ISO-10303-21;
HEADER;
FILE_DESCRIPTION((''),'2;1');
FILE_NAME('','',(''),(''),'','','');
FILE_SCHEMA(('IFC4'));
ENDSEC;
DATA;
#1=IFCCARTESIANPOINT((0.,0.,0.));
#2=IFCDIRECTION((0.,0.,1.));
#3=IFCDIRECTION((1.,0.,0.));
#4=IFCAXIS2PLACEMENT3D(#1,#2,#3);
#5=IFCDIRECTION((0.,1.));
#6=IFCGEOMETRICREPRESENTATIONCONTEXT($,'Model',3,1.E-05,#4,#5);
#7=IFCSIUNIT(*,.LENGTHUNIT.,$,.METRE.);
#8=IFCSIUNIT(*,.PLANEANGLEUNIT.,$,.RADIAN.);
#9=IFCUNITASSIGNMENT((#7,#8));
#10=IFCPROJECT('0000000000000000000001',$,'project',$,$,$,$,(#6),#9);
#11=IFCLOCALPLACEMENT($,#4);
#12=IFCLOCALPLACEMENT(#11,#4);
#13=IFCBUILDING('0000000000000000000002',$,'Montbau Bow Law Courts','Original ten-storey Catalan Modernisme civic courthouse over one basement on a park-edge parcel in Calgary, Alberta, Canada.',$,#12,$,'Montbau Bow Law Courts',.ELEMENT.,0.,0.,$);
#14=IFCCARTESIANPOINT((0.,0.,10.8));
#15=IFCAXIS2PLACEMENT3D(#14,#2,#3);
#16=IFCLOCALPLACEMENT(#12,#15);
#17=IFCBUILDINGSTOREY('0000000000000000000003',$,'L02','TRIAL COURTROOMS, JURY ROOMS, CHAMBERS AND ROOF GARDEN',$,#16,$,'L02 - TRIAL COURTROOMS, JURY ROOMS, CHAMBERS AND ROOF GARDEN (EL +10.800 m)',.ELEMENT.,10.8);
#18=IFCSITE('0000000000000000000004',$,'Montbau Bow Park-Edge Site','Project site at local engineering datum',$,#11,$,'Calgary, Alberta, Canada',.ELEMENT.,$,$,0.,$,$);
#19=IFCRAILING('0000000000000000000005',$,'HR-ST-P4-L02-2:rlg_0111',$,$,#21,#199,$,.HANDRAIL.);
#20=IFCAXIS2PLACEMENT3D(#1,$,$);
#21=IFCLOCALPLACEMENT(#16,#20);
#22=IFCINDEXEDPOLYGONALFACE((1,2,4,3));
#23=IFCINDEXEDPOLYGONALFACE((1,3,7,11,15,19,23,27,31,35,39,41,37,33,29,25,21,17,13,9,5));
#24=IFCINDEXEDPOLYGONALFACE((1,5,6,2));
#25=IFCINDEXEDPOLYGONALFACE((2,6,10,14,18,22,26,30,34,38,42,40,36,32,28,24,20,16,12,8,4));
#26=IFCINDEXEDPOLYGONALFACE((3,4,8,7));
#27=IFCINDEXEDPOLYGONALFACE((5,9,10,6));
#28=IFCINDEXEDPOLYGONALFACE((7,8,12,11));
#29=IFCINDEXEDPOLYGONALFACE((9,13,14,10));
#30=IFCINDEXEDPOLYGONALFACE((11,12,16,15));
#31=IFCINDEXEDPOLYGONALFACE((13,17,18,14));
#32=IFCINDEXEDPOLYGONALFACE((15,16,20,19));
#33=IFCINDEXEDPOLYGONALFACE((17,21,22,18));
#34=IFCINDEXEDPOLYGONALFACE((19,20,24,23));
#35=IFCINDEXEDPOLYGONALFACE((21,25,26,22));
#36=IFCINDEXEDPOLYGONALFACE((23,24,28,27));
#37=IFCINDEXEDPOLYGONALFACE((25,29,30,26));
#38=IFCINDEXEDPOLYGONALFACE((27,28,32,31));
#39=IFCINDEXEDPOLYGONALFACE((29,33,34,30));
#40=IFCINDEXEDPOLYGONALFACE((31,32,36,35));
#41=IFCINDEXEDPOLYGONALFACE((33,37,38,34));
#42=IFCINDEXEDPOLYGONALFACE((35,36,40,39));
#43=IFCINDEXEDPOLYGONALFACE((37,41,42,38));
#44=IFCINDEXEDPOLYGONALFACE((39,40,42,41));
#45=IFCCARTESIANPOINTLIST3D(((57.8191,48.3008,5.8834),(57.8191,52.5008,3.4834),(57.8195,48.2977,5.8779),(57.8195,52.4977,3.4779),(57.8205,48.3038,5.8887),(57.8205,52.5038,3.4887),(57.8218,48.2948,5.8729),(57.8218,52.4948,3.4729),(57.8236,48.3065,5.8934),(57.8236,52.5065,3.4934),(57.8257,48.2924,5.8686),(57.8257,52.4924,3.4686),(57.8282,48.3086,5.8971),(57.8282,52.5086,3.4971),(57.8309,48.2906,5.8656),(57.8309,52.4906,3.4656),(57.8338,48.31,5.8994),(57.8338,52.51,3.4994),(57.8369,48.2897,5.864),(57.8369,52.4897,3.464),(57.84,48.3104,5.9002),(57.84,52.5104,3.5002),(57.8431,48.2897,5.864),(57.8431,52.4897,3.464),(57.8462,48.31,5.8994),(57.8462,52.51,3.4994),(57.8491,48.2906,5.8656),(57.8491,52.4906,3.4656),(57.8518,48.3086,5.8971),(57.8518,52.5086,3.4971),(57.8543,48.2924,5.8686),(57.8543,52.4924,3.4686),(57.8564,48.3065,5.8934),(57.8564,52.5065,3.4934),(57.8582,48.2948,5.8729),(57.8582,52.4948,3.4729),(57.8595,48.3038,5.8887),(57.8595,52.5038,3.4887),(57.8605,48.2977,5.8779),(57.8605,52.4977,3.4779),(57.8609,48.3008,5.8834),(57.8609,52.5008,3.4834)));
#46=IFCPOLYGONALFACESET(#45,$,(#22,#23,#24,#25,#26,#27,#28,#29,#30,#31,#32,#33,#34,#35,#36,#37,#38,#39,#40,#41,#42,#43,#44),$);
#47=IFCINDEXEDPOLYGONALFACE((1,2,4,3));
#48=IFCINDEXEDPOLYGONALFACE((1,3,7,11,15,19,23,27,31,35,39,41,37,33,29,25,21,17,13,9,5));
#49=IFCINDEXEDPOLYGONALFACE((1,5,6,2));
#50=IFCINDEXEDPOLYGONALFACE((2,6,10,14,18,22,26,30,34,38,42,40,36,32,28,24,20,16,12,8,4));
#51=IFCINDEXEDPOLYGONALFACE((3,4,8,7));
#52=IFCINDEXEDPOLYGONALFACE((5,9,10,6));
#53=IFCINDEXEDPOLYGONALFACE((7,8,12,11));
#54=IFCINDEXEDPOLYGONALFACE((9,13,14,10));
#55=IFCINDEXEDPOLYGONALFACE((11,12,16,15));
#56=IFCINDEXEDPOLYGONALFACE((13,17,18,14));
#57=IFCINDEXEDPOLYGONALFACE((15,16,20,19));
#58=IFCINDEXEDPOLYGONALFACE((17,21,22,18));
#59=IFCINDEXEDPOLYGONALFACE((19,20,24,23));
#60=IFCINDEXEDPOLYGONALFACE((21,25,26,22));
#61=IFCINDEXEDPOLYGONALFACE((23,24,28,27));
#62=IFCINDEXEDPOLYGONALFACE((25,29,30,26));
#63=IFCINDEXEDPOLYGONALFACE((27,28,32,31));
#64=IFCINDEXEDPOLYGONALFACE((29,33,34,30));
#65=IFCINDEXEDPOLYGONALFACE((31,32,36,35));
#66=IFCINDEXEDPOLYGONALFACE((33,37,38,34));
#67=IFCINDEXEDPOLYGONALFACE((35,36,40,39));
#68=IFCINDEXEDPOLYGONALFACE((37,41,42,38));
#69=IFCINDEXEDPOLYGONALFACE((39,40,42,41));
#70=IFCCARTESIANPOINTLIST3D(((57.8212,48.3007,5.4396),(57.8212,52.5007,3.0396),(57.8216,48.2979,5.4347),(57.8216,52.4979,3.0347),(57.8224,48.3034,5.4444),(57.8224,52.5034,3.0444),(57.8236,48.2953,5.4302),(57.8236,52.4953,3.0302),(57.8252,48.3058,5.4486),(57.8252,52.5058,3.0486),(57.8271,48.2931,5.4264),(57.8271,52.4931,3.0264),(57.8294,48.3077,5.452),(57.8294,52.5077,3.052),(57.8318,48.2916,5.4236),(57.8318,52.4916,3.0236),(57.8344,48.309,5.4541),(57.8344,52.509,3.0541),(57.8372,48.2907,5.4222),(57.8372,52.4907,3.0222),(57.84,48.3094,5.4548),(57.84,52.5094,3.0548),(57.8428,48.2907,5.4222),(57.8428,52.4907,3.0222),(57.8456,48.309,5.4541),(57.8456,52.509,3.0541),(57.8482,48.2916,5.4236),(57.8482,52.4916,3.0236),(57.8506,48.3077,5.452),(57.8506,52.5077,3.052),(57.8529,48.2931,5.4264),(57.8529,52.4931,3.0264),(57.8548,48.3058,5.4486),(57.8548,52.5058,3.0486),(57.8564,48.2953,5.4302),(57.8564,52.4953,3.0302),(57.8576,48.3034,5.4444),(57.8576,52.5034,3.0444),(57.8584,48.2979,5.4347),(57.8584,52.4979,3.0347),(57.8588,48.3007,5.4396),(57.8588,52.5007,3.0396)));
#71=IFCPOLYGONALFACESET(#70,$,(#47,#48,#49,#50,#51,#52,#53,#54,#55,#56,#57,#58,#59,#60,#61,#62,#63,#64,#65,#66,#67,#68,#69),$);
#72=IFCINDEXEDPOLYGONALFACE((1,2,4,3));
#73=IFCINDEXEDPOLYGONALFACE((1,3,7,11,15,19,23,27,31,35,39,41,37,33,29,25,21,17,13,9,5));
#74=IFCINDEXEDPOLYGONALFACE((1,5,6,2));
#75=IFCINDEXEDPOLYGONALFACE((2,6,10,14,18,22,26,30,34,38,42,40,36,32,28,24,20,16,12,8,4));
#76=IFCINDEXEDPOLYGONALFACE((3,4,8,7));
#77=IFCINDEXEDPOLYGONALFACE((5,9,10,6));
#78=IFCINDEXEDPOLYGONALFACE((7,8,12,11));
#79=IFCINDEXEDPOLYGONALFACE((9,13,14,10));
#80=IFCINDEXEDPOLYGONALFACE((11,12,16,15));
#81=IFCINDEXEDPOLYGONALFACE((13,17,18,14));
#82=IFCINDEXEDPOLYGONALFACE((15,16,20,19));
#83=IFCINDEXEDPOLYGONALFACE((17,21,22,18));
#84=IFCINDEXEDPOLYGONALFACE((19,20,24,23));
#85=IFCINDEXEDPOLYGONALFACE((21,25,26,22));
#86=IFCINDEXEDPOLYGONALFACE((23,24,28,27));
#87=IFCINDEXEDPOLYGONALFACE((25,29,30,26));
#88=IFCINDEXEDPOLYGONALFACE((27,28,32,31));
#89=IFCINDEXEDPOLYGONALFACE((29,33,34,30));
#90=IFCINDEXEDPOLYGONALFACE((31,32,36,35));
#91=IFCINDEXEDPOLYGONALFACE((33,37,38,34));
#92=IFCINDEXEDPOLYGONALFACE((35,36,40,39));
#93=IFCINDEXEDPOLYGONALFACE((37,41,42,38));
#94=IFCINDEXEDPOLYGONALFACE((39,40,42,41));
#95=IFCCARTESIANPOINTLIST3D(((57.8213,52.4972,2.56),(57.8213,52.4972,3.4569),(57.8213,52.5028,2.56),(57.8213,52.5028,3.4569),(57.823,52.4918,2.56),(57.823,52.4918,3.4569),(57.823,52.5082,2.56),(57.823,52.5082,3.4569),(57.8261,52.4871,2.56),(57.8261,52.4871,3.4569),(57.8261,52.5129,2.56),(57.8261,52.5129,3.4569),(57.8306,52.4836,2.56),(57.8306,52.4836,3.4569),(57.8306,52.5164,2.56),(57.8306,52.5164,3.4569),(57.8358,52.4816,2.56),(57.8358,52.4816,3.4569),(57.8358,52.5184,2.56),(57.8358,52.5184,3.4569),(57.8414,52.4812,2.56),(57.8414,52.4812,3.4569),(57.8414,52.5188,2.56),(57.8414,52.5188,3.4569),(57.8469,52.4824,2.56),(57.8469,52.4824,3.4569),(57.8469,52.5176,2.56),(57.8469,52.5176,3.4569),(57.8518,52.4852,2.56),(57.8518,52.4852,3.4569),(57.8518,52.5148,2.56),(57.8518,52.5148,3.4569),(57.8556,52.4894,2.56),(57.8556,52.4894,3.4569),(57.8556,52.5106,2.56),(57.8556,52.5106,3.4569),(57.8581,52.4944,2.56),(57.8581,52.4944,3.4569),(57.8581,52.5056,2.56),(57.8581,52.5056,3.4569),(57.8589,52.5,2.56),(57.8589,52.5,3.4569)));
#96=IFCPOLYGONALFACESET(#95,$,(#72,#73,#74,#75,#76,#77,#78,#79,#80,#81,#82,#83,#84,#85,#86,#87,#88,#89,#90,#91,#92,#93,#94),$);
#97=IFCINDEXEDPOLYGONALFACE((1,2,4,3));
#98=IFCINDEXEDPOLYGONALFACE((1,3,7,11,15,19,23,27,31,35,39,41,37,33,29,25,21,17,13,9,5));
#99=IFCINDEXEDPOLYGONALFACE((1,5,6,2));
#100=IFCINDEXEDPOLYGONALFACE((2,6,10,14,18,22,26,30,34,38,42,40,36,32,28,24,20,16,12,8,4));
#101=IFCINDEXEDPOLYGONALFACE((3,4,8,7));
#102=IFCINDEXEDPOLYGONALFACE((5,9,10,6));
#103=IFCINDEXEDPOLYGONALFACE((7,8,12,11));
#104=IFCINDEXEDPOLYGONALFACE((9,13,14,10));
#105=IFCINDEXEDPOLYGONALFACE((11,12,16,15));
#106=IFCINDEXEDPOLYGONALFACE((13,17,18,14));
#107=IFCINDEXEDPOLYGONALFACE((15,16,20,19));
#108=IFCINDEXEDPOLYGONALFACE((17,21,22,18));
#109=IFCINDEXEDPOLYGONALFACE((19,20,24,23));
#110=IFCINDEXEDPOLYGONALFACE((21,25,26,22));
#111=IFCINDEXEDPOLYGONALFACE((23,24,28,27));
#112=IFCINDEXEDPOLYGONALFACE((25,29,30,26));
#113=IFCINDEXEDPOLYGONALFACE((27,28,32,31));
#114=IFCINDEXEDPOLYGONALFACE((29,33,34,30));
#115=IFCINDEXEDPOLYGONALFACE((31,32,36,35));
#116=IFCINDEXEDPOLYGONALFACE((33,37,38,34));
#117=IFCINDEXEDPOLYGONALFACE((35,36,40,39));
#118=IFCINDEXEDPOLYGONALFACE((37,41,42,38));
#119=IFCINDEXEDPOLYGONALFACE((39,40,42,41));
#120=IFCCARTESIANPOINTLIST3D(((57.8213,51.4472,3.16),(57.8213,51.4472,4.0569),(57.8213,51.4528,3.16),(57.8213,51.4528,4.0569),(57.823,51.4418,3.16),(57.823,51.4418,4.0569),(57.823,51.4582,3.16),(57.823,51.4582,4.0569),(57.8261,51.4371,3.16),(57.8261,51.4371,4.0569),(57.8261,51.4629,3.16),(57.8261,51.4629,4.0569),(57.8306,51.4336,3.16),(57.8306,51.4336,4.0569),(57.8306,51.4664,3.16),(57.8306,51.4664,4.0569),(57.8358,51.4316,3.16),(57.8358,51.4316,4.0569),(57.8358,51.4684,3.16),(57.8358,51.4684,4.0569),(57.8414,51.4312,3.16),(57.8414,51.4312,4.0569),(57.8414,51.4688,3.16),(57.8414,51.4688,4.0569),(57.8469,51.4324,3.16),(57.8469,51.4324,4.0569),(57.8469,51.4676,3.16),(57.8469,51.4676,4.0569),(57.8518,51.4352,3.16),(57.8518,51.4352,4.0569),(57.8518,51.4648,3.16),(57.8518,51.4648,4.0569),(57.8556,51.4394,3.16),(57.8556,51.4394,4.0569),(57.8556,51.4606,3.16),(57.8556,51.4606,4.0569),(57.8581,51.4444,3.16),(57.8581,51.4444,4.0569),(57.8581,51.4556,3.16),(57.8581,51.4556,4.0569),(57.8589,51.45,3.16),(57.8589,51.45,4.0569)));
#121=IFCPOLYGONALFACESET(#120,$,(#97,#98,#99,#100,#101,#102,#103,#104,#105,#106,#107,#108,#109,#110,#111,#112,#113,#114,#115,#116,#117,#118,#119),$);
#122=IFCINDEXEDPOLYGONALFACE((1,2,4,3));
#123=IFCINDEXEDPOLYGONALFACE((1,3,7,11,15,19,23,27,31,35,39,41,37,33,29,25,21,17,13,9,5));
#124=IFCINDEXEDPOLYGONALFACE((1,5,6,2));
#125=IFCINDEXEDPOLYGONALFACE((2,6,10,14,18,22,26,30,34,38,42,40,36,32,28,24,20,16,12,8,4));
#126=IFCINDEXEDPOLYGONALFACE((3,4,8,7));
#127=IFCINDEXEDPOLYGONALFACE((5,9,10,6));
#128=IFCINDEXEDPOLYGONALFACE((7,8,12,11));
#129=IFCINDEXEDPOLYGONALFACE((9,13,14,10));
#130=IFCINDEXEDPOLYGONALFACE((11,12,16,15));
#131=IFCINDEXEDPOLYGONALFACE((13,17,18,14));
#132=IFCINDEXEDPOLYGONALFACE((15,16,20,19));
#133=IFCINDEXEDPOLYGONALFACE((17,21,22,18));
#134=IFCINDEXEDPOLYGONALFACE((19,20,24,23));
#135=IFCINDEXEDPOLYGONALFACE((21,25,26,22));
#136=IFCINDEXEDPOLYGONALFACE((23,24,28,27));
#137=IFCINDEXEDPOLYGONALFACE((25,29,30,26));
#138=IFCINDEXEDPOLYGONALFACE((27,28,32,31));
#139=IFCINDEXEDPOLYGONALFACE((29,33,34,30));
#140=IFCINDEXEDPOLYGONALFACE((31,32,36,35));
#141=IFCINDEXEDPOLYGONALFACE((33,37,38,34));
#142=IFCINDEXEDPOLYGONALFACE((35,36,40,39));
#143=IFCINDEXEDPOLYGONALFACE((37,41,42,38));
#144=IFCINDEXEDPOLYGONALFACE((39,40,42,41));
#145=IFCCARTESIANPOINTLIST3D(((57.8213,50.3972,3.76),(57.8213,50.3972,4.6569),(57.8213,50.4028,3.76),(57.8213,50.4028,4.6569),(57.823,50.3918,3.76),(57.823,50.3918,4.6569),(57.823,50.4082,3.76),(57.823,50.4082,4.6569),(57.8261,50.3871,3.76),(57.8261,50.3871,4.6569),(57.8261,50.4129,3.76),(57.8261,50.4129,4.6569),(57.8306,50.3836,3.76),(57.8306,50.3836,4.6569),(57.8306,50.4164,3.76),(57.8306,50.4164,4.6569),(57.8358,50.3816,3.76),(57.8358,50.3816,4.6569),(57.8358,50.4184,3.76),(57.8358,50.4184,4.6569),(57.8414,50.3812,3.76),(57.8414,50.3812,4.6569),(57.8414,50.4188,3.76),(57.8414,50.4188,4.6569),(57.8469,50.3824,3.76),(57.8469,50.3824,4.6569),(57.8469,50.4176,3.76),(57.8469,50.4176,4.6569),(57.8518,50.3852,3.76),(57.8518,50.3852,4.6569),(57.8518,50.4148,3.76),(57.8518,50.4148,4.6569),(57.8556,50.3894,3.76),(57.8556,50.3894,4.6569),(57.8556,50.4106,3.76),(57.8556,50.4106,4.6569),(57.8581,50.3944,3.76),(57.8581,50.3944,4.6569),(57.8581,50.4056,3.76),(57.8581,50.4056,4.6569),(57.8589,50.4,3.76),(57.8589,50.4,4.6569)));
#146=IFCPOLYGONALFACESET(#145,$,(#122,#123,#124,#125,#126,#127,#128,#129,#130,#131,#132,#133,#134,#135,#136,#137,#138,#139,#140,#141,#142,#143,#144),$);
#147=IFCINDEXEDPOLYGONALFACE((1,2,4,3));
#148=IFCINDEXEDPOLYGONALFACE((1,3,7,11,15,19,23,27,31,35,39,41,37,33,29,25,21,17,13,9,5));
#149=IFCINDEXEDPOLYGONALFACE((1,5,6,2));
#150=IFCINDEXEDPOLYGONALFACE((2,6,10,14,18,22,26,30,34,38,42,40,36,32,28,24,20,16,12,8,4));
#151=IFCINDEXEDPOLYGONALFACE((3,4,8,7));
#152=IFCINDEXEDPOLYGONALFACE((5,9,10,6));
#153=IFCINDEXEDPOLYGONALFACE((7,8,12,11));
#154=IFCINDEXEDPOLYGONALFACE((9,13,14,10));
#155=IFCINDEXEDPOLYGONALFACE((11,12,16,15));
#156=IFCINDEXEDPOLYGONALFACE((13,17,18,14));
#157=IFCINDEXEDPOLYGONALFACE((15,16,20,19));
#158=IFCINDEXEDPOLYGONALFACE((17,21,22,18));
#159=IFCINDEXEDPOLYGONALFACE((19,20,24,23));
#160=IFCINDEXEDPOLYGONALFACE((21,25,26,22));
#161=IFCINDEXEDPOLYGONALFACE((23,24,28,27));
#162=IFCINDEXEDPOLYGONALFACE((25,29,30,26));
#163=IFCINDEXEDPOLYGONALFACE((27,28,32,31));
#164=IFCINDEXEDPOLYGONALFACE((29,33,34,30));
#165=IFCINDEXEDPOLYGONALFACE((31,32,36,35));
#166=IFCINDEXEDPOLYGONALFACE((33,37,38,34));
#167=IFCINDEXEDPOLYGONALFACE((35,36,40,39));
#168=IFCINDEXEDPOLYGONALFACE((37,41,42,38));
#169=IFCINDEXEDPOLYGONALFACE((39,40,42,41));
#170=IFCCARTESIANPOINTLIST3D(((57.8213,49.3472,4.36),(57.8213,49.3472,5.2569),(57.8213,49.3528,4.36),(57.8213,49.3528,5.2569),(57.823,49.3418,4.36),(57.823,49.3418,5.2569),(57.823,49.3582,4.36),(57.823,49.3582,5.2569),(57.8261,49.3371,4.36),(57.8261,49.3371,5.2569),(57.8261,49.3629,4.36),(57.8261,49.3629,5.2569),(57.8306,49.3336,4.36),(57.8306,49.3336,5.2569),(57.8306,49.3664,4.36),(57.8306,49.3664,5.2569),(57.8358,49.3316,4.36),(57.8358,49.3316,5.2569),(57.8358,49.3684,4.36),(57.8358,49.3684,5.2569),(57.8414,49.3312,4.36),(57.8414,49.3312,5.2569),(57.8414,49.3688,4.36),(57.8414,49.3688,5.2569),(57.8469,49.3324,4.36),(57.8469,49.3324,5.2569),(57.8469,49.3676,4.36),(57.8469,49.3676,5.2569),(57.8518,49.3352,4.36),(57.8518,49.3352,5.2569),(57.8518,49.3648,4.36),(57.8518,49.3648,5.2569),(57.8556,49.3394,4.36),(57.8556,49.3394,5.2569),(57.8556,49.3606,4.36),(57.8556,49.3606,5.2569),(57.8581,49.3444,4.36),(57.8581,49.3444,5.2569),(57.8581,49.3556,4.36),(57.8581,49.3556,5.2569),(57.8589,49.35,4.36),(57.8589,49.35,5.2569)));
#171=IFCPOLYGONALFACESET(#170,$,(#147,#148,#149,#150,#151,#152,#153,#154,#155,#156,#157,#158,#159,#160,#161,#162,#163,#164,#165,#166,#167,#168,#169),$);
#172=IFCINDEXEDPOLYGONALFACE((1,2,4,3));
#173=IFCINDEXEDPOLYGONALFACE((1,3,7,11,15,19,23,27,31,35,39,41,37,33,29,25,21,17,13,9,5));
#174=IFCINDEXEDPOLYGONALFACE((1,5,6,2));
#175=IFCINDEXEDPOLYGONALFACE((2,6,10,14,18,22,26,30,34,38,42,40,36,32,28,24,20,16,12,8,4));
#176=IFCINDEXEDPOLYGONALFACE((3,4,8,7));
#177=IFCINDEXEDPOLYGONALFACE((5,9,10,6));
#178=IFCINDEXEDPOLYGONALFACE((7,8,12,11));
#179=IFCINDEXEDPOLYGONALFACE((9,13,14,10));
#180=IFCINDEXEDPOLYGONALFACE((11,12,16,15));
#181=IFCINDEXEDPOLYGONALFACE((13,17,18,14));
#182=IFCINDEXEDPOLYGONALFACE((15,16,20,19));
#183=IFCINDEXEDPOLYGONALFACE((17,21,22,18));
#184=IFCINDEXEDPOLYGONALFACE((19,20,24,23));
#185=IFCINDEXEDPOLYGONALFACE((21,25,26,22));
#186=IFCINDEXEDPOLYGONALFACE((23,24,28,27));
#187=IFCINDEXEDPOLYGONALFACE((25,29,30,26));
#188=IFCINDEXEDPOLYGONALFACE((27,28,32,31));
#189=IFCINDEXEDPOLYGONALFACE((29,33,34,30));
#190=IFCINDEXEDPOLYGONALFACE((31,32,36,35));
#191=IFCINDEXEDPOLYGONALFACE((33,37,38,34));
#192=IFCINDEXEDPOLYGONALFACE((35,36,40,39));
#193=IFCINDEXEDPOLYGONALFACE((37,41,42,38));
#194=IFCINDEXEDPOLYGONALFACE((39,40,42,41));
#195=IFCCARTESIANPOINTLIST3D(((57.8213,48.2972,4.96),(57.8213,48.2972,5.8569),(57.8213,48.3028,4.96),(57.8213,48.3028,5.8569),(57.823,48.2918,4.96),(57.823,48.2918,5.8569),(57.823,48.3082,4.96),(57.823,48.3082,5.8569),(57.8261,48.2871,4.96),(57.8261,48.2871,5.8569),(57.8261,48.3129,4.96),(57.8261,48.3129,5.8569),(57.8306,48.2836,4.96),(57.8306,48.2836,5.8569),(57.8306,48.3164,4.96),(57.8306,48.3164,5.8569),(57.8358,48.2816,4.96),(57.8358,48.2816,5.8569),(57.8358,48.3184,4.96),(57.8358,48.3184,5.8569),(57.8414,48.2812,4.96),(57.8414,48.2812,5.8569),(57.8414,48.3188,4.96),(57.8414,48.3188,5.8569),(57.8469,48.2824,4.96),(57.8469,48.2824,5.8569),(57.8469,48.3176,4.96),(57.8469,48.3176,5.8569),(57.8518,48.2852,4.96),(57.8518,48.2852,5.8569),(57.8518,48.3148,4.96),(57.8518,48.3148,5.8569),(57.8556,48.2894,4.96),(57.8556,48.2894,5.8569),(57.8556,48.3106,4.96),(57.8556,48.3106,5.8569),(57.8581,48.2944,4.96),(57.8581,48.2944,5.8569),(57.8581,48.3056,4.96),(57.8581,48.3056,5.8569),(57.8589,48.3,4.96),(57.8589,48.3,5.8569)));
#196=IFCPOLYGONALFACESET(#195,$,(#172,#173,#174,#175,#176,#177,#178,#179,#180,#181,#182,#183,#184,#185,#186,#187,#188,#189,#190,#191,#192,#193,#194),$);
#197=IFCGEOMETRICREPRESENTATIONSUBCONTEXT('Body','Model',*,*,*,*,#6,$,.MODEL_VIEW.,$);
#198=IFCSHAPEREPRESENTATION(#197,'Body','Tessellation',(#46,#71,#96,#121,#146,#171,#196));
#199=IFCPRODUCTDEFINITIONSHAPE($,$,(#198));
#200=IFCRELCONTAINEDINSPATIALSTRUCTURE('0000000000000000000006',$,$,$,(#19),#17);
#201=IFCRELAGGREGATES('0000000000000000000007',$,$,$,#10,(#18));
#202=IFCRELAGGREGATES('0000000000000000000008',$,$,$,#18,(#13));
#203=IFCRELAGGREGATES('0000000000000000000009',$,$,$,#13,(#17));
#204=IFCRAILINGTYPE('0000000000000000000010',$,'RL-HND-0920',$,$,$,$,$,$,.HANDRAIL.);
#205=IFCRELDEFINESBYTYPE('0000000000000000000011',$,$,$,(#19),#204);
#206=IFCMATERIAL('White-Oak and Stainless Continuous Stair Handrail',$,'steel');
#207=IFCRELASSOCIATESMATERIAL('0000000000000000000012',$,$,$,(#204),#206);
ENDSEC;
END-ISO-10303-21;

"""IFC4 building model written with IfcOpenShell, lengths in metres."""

from ifc_helpers import new_model, si_unit, direction, frame, origin_with_axes, origin_2d_with_axis, place, context, subcontext, project, spatial, circle, extrude, material, type_object, element, save


model = new_model("IFC4")

# Units and contexts
model_context = context("Model", 3, precision=1e-05, world=origin_with_axes(), true_north=direction((0.0, 1.0)))
body_context = subcontext(model_context, "Body", "Model", "MODEL_VIEW")
ifc_project = project(units=[si_unit("LENGTHUNIT", "METRE"), si_unit("PLANEANGLEUNIT", "RADIAN")], contexts=[model_context])

# Site, building, storey
site_placement = place(None, origin_with_axes())
site = spatial("IfcSite", under=ifc_project, at=site_placement, Name="Montbau Bow Park-Edge Site", Description="Project site at local engineering datum", LongName="Calgary, Alberta, Canada", CompositionType="ELEMENT", RefElevation=0.0)
building_placement = place(site_placement, origin_with_axes())
building = spatial("IfcBuilding", under=site, at=building_placement, Name="Montbau Bow Law Courts", Description="Original ten-storey Catalan Modernisme civic courthouse over one basement on a park-edge parcel in Calgary, Alberta, Canada.", LongName="Montbau Bow Law Courts", CompositionType="ELEMENT", ElevationOfRefHeight=0.0, ElevationOfTerrain=0.0)
storey_placement = place(building_placement, frame((0.0, 0.0, 10.8), z_axis=(0.0, 0.0, 1.0), x_axis=(1.0, 0.0, 0.0)))
storey = spatial("IfcBuildingStorey", under=building, at=storey_placement, Name="L02", Description="TRIAL COURTROOMS, JURY ROOMS, CHAMBERS AND ROOF GARDEN", LongName="L02 - TRIAL COURTROOMS, JURY ROOMS, CHAMBERS AND ROOF GARDEN (EL +10.800 m)", CompositionType="ELEMENT", Elevation=10.8)

# Railing
ifc_material_1 = material(Name="White-Oak and Stainless Continuous Stair Handrail", Category="steel")
railing_type_1 = type_object("IfcRailingType", Name="RL-HND-0920", PredefinedType="HANDRAIL", material=ifc_material_1)
railing_1_placement = place(None, origin_with_axes())
element("IfcRailing", 1, at=railing_1_placement, inside=storey, type_object=railing_type_1, Name="HR-ST-P4-L02-2:rlg_0111", PredefinedType="HANDRAIL", context=body_context, shape_type="SweptSolid", body=[
    extrude(circle(Radius=0.021, at=origin_2d_with_axis()), frame((57.84, 52.5, 14.282), z_axis=(0.0, -0.868243, 0.496139), x_axis=(0.0, 0.496139, 0.868243)), (0.0, 0.0, 1.0), 4.8374),
    extrude(circle(Radius=0.0189, at=origin_2d_with_axis()), frame((57.84, 52.5, 13.8384), z_axis=(0.0, -0.868243, 0.496139), x_axis=(0.0, 0.496139, 0.868243)), (0.0, 0.0, 1.0), 4.8374),
    extrude(circle(Radius=0.0189, at=origin_2d_with_axis()), frame((57.84, 52.5, 13.36), z_axis=(0.0, 0.0, 1.0), x_axis=(1.0, 0.0, 0.0)), (0.0, 0.0, 1.0), 0.8969),
    extrude(circle(Radius=0.0189, at=origin_2d_with_axis()), frame((57.84, 51.45, 13.96), z_axis=(0.0, 0.0, 1.0), x_axis=(1.0, 0.0, 0.0)), (0.0, 0.0, 1.0), 0.8969),
    extrude(circle(Radius=0.0189, at=origin_2d_with_axis()), frame((57.84, 50.4, 14.56), z_axis=(0.0, 0.0, 1.0), x_axis=(1.0, 0.0, 0.0)), (0.0, 0.0, 1.0), 0.8969),
    extrude(circle(Radius=0.0189, at=origin_2d_with_axis()), frame((57.84, 49.35, 15.16), z_axis=(0.0, 0.0, 1.0), x_axis=(1.0, 0.0, 0.0)), (0.0, 0.0, 1.0), 0.8969),
    extrude(circle(Radius=0.0189, at=origin_2d_with_axis()), frame((57.84, 48.3, 15.76), z_axis=(0.0, 0.0, 1.0), x_axis=(1.0, 0.0, 0.0)), (0.0, 0.0, 1.0), 0.8969),
])

save(model, "model.ifc")
